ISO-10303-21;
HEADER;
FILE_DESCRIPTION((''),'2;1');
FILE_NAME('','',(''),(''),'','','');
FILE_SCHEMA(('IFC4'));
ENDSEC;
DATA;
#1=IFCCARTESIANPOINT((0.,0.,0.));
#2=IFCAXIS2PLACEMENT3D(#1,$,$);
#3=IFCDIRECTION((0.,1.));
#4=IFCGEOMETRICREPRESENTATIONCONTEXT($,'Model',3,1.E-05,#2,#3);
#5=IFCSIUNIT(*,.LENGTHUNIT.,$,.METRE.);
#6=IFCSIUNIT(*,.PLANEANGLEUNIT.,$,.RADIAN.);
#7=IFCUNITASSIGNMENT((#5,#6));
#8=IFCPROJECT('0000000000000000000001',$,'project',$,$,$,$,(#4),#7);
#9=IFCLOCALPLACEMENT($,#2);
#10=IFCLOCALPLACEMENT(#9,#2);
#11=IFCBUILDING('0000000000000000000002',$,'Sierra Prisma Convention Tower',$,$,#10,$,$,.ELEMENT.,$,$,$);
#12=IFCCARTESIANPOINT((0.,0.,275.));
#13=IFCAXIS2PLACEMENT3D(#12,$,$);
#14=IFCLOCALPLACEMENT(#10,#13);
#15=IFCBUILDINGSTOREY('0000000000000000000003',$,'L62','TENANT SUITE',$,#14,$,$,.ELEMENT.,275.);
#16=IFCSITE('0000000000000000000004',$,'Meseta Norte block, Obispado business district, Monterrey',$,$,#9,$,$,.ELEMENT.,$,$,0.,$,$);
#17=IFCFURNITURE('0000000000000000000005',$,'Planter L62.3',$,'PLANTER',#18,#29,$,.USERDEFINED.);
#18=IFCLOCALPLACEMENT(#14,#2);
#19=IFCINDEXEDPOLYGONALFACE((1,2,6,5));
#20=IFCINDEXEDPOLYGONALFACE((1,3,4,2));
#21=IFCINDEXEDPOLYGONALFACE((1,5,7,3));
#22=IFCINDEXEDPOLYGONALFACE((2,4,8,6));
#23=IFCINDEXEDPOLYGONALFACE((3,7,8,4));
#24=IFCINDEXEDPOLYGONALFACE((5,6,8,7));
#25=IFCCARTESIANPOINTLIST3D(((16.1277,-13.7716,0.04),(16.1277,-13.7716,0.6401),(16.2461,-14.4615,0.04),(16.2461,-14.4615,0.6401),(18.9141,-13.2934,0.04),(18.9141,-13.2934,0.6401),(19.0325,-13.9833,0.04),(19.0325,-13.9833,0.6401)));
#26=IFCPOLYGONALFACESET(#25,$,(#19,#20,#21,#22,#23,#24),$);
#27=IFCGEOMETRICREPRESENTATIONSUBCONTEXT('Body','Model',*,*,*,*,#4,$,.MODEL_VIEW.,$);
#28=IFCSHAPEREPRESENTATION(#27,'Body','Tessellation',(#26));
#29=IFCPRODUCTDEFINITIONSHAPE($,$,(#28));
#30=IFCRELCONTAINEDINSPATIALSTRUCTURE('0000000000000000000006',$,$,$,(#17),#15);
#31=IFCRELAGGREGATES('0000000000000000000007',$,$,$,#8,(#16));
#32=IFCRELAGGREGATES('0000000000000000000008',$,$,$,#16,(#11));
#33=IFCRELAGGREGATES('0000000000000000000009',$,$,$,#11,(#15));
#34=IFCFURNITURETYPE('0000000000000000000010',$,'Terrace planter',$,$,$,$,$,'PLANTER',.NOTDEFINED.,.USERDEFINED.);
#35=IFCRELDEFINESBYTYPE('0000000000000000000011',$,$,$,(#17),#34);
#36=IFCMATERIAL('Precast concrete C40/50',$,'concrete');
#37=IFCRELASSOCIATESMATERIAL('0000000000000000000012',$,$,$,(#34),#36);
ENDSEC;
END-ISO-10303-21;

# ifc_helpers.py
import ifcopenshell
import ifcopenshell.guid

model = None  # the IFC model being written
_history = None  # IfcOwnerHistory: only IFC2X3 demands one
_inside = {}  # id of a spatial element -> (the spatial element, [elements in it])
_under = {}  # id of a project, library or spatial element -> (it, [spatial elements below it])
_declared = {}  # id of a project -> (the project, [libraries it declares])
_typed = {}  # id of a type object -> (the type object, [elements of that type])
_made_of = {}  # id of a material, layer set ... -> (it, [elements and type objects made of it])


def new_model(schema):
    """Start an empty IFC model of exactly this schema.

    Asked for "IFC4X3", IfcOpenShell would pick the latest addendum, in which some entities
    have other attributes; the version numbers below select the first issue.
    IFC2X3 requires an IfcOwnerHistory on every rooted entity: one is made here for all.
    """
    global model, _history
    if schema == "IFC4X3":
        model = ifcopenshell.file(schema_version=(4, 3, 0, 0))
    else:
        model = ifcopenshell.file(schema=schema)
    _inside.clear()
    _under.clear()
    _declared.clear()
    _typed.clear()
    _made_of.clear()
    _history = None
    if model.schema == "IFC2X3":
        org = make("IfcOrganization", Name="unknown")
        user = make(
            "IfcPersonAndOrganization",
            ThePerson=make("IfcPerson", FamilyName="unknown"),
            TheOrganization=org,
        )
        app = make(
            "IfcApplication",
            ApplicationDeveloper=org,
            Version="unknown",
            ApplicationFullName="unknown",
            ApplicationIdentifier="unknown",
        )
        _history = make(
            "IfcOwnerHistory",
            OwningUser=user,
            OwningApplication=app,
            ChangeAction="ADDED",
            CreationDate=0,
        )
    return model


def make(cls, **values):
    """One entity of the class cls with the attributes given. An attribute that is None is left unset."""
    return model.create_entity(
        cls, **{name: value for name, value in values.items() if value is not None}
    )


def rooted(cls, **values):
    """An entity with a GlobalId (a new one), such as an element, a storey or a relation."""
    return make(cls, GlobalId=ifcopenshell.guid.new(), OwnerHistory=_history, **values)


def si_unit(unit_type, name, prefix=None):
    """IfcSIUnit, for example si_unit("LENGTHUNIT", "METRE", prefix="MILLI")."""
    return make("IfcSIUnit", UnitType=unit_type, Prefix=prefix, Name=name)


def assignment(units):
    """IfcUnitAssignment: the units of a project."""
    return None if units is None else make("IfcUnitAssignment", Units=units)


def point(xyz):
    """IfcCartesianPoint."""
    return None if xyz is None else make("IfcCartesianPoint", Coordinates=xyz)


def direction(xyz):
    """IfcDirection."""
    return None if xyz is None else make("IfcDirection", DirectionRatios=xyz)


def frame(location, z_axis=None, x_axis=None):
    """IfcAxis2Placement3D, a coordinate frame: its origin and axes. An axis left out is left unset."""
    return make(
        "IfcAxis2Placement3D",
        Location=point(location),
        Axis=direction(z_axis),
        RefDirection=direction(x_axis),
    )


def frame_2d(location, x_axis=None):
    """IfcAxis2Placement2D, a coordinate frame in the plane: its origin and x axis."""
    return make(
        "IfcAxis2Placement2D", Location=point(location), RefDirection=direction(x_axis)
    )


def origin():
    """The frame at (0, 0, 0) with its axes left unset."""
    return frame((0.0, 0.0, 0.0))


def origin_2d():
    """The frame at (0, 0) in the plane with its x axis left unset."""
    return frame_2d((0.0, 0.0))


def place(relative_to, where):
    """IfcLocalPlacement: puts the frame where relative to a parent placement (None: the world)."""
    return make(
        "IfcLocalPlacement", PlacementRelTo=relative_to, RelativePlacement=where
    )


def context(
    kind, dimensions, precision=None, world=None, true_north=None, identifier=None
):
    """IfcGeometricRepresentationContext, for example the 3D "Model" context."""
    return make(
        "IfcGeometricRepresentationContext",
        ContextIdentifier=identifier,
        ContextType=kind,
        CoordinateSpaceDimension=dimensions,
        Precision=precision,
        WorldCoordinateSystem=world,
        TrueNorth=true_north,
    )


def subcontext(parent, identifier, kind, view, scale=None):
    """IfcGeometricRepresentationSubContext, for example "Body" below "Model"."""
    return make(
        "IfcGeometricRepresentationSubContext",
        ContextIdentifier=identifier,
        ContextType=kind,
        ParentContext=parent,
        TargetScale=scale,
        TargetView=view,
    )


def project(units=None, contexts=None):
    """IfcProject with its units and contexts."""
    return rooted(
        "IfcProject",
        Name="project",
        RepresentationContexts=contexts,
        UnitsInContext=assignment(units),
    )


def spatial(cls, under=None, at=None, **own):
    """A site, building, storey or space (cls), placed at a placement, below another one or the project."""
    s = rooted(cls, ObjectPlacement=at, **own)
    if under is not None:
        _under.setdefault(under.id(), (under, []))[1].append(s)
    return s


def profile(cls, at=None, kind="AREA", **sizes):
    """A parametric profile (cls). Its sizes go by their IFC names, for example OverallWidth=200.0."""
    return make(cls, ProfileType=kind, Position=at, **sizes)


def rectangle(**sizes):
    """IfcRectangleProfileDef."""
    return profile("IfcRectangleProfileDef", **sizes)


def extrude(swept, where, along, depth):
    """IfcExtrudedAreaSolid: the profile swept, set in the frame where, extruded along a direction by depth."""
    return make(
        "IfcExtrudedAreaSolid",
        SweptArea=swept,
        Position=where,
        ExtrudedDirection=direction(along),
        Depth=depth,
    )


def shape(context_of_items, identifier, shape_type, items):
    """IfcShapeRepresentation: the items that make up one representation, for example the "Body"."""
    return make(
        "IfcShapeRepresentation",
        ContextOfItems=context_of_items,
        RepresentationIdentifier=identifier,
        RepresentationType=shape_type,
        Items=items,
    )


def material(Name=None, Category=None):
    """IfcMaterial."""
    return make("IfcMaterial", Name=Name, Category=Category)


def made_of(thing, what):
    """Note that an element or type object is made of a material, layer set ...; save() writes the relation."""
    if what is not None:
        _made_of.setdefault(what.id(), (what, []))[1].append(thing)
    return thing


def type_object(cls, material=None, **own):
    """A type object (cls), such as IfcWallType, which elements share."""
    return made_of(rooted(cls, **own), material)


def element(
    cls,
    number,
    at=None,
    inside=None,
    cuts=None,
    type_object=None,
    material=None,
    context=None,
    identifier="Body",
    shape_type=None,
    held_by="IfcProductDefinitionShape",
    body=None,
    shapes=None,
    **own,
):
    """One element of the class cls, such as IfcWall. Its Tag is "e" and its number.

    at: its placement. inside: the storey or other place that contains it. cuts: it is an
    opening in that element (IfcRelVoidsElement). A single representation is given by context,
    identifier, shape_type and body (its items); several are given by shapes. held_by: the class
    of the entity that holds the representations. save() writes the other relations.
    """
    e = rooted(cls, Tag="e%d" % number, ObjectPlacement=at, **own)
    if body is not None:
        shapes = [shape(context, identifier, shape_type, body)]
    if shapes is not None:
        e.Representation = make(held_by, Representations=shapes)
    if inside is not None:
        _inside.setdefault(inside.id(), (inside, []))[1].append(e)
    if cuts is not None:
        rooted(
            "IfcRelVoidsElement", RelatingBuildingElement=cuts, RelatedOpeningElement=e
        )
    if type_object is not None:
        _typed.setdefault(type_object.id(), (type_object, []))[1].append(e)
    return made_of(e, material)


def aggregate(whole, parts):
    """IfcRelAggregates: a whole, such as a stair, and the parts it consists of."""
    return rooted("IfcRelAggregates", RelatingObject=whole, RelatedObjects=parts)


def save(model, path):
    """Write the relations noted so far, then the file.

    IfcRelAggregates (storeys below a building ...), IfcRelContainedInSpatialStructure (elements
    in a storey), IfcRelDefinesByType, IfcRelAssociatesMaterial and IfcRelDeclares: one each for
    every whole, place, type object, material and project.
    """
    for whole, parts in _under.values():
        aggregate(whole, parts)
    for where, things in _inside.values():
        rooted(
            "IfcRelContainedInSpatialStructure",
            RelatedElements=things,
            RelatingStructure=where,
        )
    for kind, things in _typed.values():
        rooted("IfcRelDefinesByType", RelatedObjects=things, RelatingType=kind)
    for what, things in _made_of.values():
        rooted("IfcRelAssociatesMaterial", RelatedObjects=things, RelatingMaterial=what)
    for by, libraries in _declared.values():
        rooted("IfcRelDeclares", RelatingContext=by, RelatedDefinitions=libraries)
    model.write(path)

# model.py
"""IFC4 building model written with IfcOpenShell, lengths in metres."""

from ifc_helpers import new_model, si_unit, direction, frame, origin, origin_2d, place, context, subcontext, project, spatial, rectangle, extrude, material, type_object, element, save


model = new_model("IFC4")

# Units and contexts
model_context = context("Model", 3, precision=1e-05, world=origin(), true_north=direction((0.0, 1.0)))
body_context = subcontext(model_context, "Body", "Model", "MODEL_VIEW")
ifc_project = project(units=[si_unit("LENGTHUNIT", "METRE"), si_unit("PLANEANGLEUNIT", "RADIAN")], contexts=[model_context])

# Site, building, storey
site_placement = place(None, origin())
site = spatial("IfcSite", under=ifc_project, at=site_placement, Name="Meseta Norte block, Obispado business district, Monterrey", CompositionType="ELEMENT", RefElevation=0.0)
building_placement = place(site_placement, origin())
building = spatial("IfcBuilding", under=site, at=building_placement, Name="Sierra Prisma Convention Tower", CompositionType="ELEMENT")
storey_placement = place(building_placement, frame((0.0, 0.0, 275.0)))
storey = spatial("IfcBuildingStorey", under=building, at=storey_placement, Name="L62", Description="TENANT SUITE", CompositionType="ELEMENT", Elevation=275.0)

# Furniture
ifc_material_1 = material(Name="Precast concrete C40/50", Category="concrete")
furniture_type = type_object("IfcFurnitureType", Name="Terrace planter", ElementType="PLANTER", AssemblyPlace="NOTDEFINED", PredefinedType="USERDEFINED", material=ifc_material_1)
furniture_placement = place(storey_placement, frame((17.5801, -13.8774, 0.04), z_axis=(0.0, 0.0, 1.0), x_axis=(0.985592, 0.16914, 0.0)))
element("IfcFurniture", 1, at=furniture_placement, inside=storey, type_object=furniture_type, Name="Planter L62.3", ObjectType="PLANTER", PredefinedType="USERDEFINED", context=body_context, shape_type="SweptSolid", body=[
    extrude(rectangle(XDim=2.8271, YDim=0.7, at=origin_2d()), origin(), (0.0, 0.0, 1.0), 0.6001),
])

save(model, "model.ifc")
